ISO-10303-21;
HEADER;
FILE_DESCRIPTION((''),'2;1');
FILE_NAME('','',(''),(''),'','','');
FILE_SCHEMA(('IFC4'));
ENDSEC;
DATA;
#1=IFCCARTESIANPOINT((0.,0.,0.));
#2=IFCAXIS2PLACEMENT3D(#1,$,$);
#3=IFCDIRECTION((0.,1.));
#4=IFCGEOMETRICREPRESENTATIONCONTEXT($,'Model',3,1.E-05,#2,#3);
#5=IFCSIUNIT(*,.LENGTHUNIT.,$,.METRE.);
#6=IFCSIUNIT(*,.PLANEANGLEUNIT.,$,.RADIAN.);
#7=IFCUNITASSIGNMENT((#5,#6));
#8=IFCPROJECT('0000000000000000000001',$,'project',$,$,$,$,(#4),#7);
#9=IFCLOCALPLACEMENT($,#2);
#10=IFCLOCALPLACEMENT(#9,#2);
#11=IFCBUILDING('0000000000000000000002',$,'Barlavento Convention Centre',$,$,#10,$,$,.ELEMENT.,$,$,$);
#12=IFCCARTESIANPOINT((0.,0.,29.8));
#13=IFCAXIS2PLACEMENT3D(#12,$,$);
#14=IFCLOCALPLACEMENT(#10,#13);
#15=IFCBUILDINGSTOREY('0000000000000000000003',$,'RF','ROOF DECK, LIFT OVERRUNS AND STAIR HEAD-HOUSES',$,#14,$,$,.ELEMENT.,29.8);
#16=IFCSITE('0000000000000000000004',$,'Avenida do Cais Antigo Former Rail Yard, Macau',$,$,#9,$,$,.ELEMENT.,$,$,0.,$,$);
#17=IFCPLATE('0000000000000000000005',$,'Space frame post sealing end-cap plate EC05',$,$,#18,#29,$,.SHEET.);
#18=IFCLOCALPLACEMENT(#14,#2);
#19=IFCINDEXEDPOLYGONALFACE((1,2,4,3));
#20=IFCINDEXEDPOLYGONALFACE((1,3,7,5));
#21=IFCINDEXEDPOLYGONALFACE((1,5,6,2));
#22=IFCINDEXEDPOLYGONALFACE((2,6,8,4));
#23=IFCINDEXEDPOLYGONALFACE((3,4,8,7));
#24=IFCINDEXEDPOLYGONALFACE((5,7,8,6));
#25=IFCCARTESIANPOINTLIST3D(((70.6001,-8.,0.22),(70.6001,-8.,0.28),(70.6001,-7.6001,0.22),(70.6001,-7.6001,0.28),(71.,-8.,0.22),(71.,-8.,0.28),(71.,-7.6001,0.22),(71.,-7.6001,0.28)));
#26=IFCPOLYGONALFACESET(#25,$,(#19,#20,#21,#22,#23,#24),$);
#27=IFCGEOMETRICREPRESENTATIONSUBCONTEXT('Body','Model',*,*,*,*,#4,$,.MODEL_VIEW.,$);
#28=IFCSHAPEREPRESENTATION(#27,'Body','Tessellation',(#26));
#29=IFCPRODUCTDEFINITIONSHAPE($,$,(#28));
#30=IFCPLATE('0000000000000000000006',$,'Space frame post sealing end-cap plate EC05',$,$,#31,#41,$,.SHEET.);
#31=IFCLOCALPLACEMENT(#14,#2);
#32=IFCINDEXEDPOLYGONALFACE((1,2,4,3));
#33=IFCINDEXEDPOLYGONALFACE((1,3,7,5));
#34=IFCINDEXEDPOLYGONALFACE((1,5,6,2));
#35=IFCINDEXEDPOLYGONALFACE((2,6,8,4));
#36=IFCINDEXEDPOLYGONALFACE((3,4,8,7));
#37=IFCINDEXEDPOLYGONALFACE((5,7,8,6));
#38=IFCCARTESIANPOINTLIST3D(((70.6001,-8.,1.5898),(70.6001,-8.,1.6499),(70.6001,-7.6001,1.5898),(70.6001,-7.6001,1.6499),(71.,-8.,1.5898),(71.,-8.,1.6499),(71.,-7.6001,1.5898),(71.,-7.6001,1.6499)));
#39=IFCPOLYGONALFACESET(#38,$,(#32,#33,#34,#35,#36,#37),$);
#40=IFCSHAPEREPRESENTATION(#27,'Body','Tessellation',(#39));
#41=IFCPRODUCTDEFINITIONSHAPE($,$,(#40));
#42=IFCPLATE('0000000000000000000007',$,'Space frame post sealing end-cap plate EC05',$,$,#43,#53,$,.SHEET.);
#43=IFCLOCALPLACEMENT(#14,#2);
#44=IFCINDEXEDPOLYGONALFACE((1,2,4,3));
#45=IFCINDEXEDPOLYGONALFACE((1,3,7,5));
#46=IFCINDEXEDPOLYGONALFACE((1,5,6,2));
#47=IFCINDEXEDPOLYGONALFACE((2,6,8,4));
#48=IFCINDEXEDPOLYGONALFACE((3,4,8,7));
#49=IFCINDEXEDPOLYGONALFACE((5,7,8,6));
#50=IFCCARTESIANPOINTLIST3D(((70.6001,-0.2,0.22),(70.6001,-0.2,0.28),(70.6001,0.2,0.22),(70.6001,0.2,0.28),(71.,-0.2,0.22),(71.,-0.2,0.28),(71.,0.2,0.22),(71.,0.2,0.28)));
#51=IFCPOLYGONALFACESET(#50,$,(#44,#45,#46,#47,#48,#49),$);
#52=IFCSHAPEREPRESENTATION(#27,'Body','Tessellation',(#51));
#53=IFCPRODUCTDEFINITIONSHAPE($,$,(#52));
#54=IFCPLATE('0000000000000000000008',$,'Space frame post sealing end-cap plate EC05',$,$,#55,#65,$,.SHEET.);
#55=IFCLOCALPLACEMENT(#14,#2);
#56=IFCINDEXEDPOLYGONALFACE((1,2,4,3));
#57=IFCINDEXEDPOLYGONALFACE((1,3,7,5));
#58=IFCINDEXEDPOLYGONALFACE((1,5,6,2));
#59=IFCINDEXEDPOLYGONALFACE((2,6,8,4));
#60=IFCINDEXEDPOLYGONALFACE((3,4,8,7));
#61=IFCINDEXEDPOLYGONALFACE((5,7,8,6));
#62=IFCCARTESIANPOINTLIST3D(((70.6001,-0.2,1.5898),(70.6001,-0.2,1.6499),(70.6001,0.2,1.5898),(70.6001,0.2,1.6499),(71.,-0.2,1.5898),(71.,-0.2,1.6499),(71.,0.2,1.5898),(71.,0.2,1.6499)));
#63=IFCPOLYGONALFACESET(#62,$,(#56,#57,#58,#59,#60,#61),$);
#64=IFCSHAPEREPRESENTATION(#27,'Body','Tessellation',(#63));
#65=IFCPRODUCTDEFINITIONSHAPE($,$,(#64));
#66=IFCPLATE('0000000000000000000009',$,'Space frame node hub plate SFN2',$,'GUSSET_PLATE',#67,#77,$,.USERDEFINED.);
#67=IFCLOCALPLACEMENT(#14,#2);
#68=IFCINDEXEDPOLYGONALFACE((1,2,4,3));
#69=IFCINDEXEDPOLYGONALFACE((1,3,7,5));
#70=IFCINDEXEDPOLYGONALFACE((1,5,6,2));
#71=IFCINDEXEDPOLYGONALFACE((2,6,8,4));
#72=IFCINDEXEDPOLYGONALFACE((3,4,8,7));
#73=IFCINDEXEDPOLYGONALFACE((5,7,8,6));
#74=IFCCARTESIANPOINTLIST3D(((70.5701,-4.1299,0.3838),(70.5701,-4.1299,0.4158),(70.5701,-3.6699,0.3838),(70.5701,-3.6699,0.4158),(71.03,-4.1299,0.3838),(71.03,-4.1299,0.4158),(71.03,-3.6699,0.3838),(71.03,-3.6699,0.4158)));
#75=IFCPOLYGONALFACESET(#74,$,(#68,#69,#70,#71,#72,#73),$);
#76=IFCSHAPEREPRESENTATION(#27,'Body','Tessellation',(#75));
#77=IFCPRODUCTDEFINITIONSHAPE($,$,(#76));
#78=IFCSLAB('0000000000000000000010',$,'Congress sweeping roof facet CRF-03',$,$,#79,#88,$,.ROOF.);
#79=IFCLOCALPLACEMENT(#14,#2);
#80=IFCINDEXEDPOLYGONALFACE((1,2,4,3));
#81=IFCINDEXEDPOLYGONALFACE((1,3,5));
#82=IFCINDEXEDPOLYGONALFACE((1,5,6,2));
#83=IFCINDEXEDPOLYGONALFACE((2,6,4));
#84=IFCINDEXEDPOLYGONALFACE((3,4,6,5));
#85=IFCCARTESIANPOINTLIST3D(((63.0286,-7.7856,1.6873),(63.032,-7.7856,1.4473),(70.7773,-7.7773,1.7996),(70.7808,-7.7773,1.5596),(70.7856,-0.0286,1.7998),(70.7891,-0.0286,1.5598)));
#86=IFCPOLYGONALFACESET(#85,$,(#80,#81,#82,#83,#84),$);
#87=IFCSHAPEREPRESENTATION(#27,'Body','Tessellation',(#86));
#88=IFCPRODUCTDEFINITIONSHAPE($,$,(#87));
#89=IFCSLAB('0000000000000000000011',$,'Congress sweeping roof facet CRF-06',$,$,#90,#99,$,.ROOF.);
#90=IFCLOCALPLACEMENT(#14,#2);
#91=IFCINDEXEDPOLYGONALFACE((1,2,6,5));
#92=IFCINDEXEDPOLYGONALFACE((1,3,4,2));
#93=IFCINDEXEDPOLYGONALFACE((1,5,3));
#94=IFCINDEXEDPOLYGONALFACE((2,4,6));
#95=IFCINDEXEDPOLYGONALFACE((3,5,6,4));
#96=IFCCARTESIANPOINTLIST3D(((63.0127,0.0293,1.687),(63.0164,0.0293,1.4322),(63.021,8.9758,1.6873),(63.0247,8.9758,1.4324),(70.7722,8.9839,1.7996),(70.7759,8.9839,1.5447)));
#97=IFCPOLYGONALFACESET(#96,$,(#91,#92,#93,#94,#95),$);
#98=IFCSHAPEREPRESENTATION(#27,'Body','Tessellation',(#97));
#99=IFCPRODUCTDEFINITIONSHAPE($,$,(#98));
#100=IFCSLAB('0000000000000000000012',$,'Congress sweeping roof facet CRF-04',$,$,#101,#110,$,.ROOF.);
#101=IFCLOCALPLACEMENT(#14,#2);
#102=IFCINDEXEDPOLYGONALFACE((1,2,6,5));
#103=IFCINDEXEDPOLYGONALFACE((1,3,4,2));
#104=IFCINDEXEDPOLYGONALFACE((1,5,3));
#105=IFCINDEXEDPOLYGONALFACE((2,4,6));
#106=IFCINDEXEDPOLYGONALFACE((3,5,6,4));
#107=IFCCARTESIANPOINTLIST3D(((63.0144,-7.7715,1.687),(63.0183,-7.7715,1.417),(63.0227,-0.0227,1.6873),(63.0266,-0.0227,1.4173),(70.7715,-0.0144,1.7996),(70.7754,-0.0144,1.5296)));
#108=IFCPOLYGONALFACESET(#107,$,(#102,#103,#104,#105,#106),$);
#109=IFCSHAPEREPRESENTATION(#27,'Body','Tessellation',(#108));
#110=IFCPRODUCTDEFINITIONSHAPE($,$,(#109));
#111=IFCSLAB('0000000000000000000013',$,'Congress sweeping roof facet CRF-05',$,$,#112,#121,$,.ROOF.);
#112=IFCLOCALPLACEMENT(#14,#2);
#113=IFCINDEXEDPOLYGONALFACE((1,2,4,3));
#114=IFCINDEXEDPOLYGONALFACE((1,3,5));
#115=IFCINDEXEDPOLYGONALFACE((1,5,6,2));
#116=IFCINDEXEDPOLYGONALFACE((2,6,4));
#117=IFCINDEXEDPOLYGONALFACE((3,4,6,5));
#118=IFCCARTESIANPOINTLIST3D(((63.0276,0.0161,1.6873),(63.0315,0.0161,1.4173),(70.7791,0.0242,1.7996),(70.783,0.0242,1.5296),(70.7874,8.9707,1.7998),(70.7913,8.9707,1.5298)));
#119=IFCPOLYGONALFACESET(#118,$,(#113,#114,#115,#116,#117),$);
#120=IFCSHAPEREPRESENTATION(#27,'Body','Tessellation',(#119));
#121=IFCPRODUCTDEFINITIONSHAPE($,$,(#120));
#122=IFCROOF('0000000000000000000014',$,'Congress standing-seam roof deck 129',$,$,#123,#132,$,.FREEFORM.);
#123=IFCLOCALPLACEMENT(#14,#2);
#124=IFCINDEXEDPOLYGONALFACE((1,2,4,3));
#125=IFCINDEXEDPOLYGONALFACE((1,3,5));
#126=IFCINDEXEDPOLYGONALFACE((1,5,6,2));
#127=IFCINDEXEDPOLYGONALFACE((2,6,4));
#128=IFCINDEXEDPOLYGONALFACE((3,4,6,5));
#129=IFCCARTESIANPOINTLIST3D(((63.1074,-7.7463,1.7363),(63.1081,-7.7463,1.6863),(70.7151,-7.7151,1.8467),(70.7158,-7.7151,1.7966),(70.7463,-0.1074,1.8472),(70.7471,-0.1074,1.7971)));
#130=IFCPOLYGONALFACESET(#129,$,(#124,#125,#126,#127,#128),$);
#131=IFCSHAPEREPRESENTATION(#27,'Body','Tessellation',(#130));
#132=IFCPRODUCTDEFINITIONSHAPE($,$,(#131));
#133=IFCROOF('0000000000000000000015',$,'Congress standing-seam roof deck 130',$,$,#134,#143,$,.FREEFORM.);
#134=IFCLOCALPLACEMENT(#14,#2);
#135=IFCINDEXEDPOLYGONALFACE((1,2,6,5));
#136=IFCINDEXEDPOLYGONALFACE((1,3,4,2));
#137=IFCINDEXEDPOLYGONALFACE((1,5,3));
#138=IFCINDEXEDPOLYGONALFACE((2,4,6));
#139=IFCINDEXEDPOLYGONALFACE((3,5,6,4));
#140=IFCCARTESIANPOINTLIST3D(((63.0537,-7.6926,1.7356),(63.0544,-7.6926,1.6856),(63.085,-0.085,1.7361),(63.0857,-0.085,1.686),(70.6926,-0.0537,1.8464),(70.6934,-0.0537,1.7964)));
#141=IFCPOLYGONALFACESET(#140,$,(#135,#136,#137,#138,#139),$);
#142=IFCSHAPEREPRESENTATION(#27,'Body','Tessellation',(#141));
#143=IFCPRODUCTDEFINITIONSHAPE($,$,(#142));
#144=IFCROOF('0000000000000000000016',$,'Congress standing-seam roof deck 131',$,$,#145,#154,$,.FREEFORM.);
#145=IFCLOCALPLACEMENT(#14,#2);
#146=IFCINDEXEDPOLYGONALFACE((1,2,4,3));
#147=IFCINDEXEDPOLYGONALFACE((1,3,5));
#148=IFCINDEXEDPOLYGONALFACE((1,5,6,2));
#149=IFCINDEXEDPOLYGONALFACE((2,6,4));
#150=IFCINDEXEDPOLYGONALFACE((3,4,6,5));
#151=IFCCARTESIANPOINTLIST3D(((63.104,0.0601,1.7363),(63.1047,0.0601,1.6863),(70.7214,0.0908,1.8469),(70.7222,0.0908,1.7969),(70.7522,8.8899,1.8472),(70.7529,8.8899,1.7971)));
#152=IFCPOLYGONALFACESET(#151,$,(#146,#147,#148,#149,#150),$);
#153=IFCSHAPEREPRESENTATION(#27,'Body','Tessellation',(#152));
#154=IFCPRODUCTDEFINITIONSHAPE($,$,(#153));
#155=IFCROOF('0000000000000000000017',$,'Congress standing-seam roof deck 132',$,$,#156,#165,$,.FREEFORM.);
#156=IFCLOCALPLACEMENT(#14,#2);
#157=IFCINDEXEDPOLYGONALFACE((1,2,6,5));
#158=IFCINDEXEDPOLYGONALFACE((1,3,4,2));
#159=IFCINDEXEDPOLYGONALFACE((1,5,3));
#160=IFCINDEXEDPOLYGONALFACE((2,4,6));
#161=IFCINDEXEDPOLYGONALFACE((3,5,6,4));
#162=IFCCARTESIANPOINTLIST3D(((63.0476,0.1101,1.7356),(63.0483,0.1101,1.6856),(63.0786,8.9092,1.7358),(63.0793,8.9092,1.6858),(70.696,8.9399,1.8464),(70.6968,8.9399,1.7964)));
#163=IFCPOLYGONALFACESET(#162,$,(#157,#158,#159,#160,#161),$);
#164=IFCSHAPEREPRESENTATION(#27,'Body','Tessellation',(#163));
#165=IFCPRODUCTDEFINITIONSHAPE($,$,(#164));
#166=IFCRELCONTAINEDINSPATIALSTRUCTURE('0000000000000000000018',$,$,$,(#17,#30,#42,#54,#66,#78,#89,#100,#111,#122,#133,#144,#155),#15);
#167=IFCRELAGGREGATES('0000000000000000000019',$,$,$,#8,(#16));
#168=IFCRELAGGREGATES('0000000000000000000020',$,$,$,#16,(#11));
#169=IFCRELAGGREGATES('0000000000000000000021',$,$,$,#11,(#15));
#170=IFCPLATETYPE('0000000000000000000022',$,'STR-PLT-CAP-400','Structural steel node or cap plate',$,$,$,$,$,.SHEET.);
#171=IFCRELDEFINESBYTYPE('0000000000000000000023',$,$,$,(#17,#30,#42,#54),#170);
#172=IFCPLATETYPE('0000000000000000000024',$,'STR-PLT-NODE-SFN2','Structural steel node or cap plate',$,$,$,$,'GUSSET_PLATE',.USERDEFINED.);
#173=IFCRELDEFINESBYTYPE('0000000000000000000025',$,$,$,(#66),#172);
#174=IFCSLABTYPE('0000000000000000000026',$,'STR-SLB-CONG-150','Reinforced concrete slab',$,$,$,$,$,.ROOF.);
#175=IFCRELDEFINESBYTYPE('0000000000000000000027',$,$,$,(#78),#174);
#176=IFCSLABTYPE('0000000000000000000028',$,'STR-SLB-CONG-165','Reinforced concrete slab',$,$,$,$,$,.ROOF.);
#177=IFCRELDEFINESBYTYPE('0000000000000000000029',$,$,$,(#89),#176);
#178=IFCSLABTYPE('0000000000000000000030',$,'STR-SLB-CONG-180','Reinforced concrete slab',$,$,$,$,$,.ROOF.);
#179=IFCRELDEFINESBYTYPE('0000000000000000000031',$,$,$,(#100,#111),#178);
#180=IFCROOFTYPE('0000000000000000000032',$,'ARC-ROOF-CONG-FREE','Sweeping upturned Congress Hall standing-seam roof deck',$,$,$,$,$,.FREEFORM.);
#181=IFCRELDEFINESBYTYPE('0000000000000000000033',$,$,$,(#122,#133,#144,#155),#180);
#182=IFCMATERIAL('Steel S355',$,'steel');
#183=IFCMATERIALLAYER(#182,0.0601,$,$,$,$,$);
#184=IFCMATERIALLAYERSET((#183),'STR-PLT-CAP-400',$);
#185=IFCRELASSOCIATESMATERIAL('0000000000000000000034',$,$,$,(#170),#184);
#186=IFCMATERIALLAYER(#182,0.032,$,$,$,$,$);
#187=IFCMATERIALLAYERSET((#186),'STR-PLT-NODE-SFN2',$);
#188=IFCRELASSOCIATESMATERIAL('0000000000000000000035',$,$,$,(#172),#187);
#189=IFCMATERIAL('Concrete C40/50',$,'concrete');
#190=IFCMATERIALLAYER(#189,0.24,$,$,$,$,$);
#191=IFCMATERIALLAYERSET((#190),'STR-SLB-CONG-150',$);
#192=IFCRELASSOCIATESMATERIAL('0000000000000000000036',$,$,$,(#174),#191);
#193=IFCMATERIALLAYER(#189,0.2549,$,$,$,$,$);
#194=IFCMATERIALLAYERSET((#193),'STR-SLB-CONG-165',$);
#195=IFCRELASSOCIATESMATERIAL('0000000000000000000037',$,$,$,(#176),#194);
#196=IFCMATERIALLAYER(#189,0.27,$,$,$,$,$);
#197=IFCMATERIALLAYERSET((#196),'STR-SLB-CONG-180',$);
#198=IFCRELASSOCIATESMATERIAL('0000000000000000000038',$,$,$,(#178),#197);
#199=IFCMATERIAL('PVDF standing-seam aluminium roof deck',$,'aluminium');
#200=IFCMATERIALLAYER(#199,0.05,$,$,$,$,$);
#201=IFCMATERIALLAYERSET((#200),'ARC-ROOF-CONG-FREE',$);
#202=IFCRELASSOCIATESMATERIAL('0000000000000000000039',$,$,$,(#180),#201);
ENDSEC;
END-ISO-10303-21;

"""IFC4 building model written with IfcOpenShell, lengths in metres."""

from ifc_helpers import new_model, si_unit, direction, frame, origin, origin_2d, place, context, subcontext, project, spatial, polyline, rectangle, outline, extrude, material, layer, layer_set, type_object, element, save


model = new_model("IFC4")

# Units and contexts
model_context = context("Model", 3, precision=1e-05, world=origin(), true_north=direction((0.0, 1.0)))
body_context = subcontext(model_context, "Body", "Model", "MODEL_VIEW")
ifc_project = project(units=[si_unit("LENGTHUNIT", "METRE"), si_unit("PLANEANGLEUNIT", "RADIAN")], contexts=[model_context])

# Site, building, storey
site_placement = place(None, origin())
site = spatial("IfcSite", under=ifc_project, at=site_placement, Name="Avenida do Cais Antigo Former Rail Yard, Macau", CompositionType="ELEMENT", RefElevation=0.0)
building_placement = place(site_placement, origin())
building = spatial("IfcBuilding", under=site, at=building_placement, Name="Barlavento Convention Centre", CompositionType="ELEMENT")
storey_placement = place(building_placement, frame((0.0, 0.0, 29.8)))
storey = spatial("IfcBuildingStorey", under=building, at=storey_placement, Name="RF", Description="ROOF DECK, LIFT OVERRUNS AND STAIR HEAD-HOUSES", CompositionType="ELEMENT", Elevation=29.8)

# Shared definitions
ifc_material_1 = material(Name="Steel S355", Category="steel")

# Plates
ifc_layer_1 = layer(ifc_material_1, 0.0601)
ifc_layer_set_1 = layer_set([ifc_layer_1], Name="STR-PLT-CAP-400")
plate_type_1 = type_object("IfcPlateType", Name="STR-PLT-CAP-400", Description="Structural steel node or cap plate", PredefinedType="SHEET", material=ifc_layer_set_1)
for number, where, z_axis, x_axis, name in (
    (1, (70.8, -7.8, 0.22), (0.0, 0.0, 1.0), (1.0, 0.0, 0.0), "Space frame post sealing end-cap plate EC05"),
    (2, (70.8, -7.8, 1.5898), (0.0, 0.0, 1.0), (1.0, 0.0, 0.0), "Space frame post sealing end-cap plate EC05"),
    (3, (70.8, 0.0, 0.22), (0.0, 0.0, 1.0), (1.0, 0.0, 0.0), "Space frame post sealing end-cap plate EC05"),
    (4, (70.8, 0.0, 1.5898), (0.0, 0.0, 1.0), (1.0, 0.0, 0.0), "Space frame post sealing end-cap plate EC05"),
):
    element("IfcPlate", number, at=place(storey_placement, frame(where, z_axis=z_axis, x_axis=x_axis)), inside=storey, type_object=plate_type_1, Name=name, PredefinedType="SHEET", context=body_context, shape_type="SweptSolid", body=[
        extrude(rectangle(XDim=0.3999, YDim=0.3999, at=origin_2d()), origin(), (0.0, 0.0, 1.0), 0.0601),
    ])
ifc_layer_2 = layer(ifc_material_1, 0.032)
ifc_layer_set_2 = layer_set([ifc_layer_2], Name="STR-PLT-NODE-SFN2")
plate_type_2 = type_object("IfcPlateType", Name="STR-PLT-NODE-SFN2", Description="Structural steel node or cap plate", ElementType="GUSSET_PLATE", PredefinedType="USERDEFINED", material=ifc_layer_set_2)
plate_placement = place(storey_placement, frame((70.8, -3.8999, 0.3838), z_axis=(0.0, 0.0, 1.0), x_axis=(1.0, 0.0, 0.0)))
element("IfcPlate", 5, at=plate_placement, inside=storey, type_object=plate_type_2, Name="Space frame node hub plate SFN2", ObjectType="GUSSET_PLATE", PredefinedType="USERDEFINED", context=body_context, shape_type="SweptSolid", body=[
    extrude(rectangle(XDim=0.46, YDim=0.46, at=origin_2d()), origin(), (0.0, 0.0, 1.0), 0.032),
])

# Slabs
ifc_material_2 = material(Name="Concrete C40/50", Category="concrete")
ifc_layer_3 = layer(ifc_material_2, 0.24)
ifc_layer_set_3 = layer_set([ifc_layer_3], Name="STR-SLB-CONG-150")
slab_type_1 = type_object("IfcSlabType", Name="STR-SLB-CONG-150", Description="Reinforced concrete slab", PredefinedType="ROOF", material=ifc_layer_set_3)
slab_1_placement = place(storey_placement, frame((63.0286, -7.7856, 1.6873), z_axis=(-0.014492, -0.000016, 0.999895), x_axis=(0.999894, 0.001071, 0.014492)))
element("IfcSlab", 6, at=slab_1_placement, inside=storey, type_object=slab_type_1, Name="Congress sweeping roof facet CRF-03", PredefinedType="ROOF", context=body_context, shape_type="SweptSolid", body=[
    extrude(outline(polyline([(0.0, 0.0), (7.7496, 0.0), (7.7662, 7.7488), (0.0, 0.0)])), origin(), (0.0, 0.0, -1.0), 0.24),
])
ifc_layer_4 = layer(ifc_material_2, 0.2549)
ifc_layer_set_4 = layer_set([ifc_layer_4], Name="STR-SLB-CONG-165")
slab_type_2 = type_object("IfcSlabType", Name="STR-SLB-CONG-165", Description="Reinforced concrete slab", PredefinedType="ROOF", material=ifc_layer_set_4)
slab_2_placement = place(storey_placement, frame((63.0127, 0.0293, 1.687), z_axis=(-0.014487, -0.000014, 0.999895), x_axis=(0.654847, 0.755702, 0.009498)))
element("IfcSlab", 7, at=slab_2_placement, inside=storey, type_object=slab_type_2, Name="Congress sweeping roof facet CRF-06", PredefinedType="ROOF", context=body_context, shape_type="SweptSolid", body=[
    extrude(outline(polyline([(0.0, 0.0), (11.8494, 0.0), (6.7664, 5.853), (0.0, 0.0)])), origin(), (0.0, 0.0, -1.0), 0.2549),
])
ifc_layer_5 = layer(ifc_material_2, 0.27)
ifc_layer_set_5 = layer_set([ifc_layer_5], Name="STR-SLB-CONG-180")
slab_type_3 = type_object("IfcSlabType", Name="STR-SLB-CONG-180", Description="Reinforced concrete slab", PredefinedType="ROOF", material=ifc_layer_set_5)
slab_3_placement = place(storey_placement, frame((63.0144, -7.7715, 1.687), z_axis=(-0.014492, -0.000016, 0.999895), x_axis=(0.70707, 0.70707, 0.010259)))
element("IfcSlab", 8, at=slab_3_placement, inside=storey, type_object=slab_type_3, Name="Congress sweeping roof facet CRF-04", PredefinedType="ROOF", context=body_context, shape_type="SweptSolid", body=[
    extrude(outline(polyline([(0.0, 0.0), (10.9707, 0.0), (5.4848, 5.4736), (0.0, 0.0)])), origin(), (0.0, 0.0, -1.0), 0.27),
])
slab_4_placement = place(storey_placement, frame((63.0276, 0.0161, 1.6873), z_axis=(-0.014487, -0.000014, 0.999895), x_axis=(0.999895, 0.001039, 0.014487)))
element("IfcSlab", 9, at=slab_4_placement, inside=storey, type_object=slab_type_3, Name="Congress sweeping roof facet CRF-05", PredefinedType="ROOF", context=body_context, shape_type="SweptSolid", body=[
    extrude(outline(polyline([(0.0, 0.0), (7.7523, 0.0), (7.7699, 8.9465), (0.0, 0.0)])), origin(), (0.0, 0.0, -1.0), 0.27),
])

# Roofs
ifc_material_3 = material(Name="PVDF standing-seam aluminium roof deck", Category="aluminium")
ifc_layer_6 = layer(ifc_material_3, 0.05)
ifc_layer_set_6 = layer_set([ifc_layer_6], Name="ARC-ROOF-CONG-FREE")
roof_type = type_object("IfcRoofType", Name="ARC-ROOF-CONG-FREE", Description="Sweeping upturned Congress Hall standing-seam roof deck", PredefinedType="FREEFORM", material=ifc_layer_set_6)
roof_1_placement = place(storey_placement, frame((63.1074, -7.7463, 1.7363), z_axis=(-0.014504, -0.000005, 0.999895), x_axis=(0.999886, 0.004107, 0.014504)))
element("IfcRoof", 10, at=roof_1_placement, inside=storey, type_object=roof_type, Name="Congress standing-seam roof deck 129", PredefinedType="FREEFORM", context=body_context, shape_type="SweptSolid", body=[
    extrude(outline(polyline([(0.0, 0.0), (7.6085, 0.0), (7.671, 7.6075), (0.0, 0.0)])), origin(), (0.0, 0.0, -1.0), 0.05),
])
roof_2_placement = place(storey_placement, frame((63.0537, -7.6926, 1.7356), z_axis=(-0.014504, -0.000005, 0.999895), x_axis=(0.70707, 0.70707, 0.01026)))
element("IfcRoof", 11, at=roof_2_placement, inside=storey, type_object=roof_type, Name="Congress standing-seam roof deck 130", PredefinedType="FREEFORM", context=body_context, shape_type="SweptSolid", body=[
    extrude(outline(polyline([(0.0, 0.0), (10.8036, 0.0), (5.4013, 5.3576), (0.0, 0.0)])), origin(), (0.0, 0.0, -1.0), 0.05),
])
roof_3_placement = place(storey_placement, frame((63.104, 0.0601, 1.7363), z_axis=(-0.014517, 0.000023, 0.999895), x_axis=(0.999886, 0.004038, 0.014517)))
element("IfcRoof", 12, at=roof_3_placement, inside=storey, type_object=roof_type, Name="Congress standing-seam roof deck 131", PredefinedType="FREEFORM", context=body_context, shape_type="SweptSolid", body=[
    extrude(outline(polyline([(0.0, 0.0), (7.6183, 0.0), (7.6846, 8.7989), (0.0, 0.0)])), origin(), (0.0, 0.0, -1.0), 0.05),
])
roof_4_placement = place(storey_placement, frame((63.0476, 0.1101, 1.7356), z_axis=(-0.014517, 0.000023, 0.999895), x_axis=(0.654701, 0.755828, 0.009488)))
element("IfcRoof", 13, at=roof_4_placement, inside=storey, type_object=roof_type, Name="Congress standing-seam roof deck 132", PredefinedType="FREEFORM", context=body_context, shape_type="SweptSolid", body=[
    extrude(outline(polyline([(0.0, 0.0), (11.6823, 0.0), (6.6709, 5.7379), (0.0, 0.0)])), origin(), (0.0, 0.0, -1.0), 0.05),
])

save(model, "model.ifc")
